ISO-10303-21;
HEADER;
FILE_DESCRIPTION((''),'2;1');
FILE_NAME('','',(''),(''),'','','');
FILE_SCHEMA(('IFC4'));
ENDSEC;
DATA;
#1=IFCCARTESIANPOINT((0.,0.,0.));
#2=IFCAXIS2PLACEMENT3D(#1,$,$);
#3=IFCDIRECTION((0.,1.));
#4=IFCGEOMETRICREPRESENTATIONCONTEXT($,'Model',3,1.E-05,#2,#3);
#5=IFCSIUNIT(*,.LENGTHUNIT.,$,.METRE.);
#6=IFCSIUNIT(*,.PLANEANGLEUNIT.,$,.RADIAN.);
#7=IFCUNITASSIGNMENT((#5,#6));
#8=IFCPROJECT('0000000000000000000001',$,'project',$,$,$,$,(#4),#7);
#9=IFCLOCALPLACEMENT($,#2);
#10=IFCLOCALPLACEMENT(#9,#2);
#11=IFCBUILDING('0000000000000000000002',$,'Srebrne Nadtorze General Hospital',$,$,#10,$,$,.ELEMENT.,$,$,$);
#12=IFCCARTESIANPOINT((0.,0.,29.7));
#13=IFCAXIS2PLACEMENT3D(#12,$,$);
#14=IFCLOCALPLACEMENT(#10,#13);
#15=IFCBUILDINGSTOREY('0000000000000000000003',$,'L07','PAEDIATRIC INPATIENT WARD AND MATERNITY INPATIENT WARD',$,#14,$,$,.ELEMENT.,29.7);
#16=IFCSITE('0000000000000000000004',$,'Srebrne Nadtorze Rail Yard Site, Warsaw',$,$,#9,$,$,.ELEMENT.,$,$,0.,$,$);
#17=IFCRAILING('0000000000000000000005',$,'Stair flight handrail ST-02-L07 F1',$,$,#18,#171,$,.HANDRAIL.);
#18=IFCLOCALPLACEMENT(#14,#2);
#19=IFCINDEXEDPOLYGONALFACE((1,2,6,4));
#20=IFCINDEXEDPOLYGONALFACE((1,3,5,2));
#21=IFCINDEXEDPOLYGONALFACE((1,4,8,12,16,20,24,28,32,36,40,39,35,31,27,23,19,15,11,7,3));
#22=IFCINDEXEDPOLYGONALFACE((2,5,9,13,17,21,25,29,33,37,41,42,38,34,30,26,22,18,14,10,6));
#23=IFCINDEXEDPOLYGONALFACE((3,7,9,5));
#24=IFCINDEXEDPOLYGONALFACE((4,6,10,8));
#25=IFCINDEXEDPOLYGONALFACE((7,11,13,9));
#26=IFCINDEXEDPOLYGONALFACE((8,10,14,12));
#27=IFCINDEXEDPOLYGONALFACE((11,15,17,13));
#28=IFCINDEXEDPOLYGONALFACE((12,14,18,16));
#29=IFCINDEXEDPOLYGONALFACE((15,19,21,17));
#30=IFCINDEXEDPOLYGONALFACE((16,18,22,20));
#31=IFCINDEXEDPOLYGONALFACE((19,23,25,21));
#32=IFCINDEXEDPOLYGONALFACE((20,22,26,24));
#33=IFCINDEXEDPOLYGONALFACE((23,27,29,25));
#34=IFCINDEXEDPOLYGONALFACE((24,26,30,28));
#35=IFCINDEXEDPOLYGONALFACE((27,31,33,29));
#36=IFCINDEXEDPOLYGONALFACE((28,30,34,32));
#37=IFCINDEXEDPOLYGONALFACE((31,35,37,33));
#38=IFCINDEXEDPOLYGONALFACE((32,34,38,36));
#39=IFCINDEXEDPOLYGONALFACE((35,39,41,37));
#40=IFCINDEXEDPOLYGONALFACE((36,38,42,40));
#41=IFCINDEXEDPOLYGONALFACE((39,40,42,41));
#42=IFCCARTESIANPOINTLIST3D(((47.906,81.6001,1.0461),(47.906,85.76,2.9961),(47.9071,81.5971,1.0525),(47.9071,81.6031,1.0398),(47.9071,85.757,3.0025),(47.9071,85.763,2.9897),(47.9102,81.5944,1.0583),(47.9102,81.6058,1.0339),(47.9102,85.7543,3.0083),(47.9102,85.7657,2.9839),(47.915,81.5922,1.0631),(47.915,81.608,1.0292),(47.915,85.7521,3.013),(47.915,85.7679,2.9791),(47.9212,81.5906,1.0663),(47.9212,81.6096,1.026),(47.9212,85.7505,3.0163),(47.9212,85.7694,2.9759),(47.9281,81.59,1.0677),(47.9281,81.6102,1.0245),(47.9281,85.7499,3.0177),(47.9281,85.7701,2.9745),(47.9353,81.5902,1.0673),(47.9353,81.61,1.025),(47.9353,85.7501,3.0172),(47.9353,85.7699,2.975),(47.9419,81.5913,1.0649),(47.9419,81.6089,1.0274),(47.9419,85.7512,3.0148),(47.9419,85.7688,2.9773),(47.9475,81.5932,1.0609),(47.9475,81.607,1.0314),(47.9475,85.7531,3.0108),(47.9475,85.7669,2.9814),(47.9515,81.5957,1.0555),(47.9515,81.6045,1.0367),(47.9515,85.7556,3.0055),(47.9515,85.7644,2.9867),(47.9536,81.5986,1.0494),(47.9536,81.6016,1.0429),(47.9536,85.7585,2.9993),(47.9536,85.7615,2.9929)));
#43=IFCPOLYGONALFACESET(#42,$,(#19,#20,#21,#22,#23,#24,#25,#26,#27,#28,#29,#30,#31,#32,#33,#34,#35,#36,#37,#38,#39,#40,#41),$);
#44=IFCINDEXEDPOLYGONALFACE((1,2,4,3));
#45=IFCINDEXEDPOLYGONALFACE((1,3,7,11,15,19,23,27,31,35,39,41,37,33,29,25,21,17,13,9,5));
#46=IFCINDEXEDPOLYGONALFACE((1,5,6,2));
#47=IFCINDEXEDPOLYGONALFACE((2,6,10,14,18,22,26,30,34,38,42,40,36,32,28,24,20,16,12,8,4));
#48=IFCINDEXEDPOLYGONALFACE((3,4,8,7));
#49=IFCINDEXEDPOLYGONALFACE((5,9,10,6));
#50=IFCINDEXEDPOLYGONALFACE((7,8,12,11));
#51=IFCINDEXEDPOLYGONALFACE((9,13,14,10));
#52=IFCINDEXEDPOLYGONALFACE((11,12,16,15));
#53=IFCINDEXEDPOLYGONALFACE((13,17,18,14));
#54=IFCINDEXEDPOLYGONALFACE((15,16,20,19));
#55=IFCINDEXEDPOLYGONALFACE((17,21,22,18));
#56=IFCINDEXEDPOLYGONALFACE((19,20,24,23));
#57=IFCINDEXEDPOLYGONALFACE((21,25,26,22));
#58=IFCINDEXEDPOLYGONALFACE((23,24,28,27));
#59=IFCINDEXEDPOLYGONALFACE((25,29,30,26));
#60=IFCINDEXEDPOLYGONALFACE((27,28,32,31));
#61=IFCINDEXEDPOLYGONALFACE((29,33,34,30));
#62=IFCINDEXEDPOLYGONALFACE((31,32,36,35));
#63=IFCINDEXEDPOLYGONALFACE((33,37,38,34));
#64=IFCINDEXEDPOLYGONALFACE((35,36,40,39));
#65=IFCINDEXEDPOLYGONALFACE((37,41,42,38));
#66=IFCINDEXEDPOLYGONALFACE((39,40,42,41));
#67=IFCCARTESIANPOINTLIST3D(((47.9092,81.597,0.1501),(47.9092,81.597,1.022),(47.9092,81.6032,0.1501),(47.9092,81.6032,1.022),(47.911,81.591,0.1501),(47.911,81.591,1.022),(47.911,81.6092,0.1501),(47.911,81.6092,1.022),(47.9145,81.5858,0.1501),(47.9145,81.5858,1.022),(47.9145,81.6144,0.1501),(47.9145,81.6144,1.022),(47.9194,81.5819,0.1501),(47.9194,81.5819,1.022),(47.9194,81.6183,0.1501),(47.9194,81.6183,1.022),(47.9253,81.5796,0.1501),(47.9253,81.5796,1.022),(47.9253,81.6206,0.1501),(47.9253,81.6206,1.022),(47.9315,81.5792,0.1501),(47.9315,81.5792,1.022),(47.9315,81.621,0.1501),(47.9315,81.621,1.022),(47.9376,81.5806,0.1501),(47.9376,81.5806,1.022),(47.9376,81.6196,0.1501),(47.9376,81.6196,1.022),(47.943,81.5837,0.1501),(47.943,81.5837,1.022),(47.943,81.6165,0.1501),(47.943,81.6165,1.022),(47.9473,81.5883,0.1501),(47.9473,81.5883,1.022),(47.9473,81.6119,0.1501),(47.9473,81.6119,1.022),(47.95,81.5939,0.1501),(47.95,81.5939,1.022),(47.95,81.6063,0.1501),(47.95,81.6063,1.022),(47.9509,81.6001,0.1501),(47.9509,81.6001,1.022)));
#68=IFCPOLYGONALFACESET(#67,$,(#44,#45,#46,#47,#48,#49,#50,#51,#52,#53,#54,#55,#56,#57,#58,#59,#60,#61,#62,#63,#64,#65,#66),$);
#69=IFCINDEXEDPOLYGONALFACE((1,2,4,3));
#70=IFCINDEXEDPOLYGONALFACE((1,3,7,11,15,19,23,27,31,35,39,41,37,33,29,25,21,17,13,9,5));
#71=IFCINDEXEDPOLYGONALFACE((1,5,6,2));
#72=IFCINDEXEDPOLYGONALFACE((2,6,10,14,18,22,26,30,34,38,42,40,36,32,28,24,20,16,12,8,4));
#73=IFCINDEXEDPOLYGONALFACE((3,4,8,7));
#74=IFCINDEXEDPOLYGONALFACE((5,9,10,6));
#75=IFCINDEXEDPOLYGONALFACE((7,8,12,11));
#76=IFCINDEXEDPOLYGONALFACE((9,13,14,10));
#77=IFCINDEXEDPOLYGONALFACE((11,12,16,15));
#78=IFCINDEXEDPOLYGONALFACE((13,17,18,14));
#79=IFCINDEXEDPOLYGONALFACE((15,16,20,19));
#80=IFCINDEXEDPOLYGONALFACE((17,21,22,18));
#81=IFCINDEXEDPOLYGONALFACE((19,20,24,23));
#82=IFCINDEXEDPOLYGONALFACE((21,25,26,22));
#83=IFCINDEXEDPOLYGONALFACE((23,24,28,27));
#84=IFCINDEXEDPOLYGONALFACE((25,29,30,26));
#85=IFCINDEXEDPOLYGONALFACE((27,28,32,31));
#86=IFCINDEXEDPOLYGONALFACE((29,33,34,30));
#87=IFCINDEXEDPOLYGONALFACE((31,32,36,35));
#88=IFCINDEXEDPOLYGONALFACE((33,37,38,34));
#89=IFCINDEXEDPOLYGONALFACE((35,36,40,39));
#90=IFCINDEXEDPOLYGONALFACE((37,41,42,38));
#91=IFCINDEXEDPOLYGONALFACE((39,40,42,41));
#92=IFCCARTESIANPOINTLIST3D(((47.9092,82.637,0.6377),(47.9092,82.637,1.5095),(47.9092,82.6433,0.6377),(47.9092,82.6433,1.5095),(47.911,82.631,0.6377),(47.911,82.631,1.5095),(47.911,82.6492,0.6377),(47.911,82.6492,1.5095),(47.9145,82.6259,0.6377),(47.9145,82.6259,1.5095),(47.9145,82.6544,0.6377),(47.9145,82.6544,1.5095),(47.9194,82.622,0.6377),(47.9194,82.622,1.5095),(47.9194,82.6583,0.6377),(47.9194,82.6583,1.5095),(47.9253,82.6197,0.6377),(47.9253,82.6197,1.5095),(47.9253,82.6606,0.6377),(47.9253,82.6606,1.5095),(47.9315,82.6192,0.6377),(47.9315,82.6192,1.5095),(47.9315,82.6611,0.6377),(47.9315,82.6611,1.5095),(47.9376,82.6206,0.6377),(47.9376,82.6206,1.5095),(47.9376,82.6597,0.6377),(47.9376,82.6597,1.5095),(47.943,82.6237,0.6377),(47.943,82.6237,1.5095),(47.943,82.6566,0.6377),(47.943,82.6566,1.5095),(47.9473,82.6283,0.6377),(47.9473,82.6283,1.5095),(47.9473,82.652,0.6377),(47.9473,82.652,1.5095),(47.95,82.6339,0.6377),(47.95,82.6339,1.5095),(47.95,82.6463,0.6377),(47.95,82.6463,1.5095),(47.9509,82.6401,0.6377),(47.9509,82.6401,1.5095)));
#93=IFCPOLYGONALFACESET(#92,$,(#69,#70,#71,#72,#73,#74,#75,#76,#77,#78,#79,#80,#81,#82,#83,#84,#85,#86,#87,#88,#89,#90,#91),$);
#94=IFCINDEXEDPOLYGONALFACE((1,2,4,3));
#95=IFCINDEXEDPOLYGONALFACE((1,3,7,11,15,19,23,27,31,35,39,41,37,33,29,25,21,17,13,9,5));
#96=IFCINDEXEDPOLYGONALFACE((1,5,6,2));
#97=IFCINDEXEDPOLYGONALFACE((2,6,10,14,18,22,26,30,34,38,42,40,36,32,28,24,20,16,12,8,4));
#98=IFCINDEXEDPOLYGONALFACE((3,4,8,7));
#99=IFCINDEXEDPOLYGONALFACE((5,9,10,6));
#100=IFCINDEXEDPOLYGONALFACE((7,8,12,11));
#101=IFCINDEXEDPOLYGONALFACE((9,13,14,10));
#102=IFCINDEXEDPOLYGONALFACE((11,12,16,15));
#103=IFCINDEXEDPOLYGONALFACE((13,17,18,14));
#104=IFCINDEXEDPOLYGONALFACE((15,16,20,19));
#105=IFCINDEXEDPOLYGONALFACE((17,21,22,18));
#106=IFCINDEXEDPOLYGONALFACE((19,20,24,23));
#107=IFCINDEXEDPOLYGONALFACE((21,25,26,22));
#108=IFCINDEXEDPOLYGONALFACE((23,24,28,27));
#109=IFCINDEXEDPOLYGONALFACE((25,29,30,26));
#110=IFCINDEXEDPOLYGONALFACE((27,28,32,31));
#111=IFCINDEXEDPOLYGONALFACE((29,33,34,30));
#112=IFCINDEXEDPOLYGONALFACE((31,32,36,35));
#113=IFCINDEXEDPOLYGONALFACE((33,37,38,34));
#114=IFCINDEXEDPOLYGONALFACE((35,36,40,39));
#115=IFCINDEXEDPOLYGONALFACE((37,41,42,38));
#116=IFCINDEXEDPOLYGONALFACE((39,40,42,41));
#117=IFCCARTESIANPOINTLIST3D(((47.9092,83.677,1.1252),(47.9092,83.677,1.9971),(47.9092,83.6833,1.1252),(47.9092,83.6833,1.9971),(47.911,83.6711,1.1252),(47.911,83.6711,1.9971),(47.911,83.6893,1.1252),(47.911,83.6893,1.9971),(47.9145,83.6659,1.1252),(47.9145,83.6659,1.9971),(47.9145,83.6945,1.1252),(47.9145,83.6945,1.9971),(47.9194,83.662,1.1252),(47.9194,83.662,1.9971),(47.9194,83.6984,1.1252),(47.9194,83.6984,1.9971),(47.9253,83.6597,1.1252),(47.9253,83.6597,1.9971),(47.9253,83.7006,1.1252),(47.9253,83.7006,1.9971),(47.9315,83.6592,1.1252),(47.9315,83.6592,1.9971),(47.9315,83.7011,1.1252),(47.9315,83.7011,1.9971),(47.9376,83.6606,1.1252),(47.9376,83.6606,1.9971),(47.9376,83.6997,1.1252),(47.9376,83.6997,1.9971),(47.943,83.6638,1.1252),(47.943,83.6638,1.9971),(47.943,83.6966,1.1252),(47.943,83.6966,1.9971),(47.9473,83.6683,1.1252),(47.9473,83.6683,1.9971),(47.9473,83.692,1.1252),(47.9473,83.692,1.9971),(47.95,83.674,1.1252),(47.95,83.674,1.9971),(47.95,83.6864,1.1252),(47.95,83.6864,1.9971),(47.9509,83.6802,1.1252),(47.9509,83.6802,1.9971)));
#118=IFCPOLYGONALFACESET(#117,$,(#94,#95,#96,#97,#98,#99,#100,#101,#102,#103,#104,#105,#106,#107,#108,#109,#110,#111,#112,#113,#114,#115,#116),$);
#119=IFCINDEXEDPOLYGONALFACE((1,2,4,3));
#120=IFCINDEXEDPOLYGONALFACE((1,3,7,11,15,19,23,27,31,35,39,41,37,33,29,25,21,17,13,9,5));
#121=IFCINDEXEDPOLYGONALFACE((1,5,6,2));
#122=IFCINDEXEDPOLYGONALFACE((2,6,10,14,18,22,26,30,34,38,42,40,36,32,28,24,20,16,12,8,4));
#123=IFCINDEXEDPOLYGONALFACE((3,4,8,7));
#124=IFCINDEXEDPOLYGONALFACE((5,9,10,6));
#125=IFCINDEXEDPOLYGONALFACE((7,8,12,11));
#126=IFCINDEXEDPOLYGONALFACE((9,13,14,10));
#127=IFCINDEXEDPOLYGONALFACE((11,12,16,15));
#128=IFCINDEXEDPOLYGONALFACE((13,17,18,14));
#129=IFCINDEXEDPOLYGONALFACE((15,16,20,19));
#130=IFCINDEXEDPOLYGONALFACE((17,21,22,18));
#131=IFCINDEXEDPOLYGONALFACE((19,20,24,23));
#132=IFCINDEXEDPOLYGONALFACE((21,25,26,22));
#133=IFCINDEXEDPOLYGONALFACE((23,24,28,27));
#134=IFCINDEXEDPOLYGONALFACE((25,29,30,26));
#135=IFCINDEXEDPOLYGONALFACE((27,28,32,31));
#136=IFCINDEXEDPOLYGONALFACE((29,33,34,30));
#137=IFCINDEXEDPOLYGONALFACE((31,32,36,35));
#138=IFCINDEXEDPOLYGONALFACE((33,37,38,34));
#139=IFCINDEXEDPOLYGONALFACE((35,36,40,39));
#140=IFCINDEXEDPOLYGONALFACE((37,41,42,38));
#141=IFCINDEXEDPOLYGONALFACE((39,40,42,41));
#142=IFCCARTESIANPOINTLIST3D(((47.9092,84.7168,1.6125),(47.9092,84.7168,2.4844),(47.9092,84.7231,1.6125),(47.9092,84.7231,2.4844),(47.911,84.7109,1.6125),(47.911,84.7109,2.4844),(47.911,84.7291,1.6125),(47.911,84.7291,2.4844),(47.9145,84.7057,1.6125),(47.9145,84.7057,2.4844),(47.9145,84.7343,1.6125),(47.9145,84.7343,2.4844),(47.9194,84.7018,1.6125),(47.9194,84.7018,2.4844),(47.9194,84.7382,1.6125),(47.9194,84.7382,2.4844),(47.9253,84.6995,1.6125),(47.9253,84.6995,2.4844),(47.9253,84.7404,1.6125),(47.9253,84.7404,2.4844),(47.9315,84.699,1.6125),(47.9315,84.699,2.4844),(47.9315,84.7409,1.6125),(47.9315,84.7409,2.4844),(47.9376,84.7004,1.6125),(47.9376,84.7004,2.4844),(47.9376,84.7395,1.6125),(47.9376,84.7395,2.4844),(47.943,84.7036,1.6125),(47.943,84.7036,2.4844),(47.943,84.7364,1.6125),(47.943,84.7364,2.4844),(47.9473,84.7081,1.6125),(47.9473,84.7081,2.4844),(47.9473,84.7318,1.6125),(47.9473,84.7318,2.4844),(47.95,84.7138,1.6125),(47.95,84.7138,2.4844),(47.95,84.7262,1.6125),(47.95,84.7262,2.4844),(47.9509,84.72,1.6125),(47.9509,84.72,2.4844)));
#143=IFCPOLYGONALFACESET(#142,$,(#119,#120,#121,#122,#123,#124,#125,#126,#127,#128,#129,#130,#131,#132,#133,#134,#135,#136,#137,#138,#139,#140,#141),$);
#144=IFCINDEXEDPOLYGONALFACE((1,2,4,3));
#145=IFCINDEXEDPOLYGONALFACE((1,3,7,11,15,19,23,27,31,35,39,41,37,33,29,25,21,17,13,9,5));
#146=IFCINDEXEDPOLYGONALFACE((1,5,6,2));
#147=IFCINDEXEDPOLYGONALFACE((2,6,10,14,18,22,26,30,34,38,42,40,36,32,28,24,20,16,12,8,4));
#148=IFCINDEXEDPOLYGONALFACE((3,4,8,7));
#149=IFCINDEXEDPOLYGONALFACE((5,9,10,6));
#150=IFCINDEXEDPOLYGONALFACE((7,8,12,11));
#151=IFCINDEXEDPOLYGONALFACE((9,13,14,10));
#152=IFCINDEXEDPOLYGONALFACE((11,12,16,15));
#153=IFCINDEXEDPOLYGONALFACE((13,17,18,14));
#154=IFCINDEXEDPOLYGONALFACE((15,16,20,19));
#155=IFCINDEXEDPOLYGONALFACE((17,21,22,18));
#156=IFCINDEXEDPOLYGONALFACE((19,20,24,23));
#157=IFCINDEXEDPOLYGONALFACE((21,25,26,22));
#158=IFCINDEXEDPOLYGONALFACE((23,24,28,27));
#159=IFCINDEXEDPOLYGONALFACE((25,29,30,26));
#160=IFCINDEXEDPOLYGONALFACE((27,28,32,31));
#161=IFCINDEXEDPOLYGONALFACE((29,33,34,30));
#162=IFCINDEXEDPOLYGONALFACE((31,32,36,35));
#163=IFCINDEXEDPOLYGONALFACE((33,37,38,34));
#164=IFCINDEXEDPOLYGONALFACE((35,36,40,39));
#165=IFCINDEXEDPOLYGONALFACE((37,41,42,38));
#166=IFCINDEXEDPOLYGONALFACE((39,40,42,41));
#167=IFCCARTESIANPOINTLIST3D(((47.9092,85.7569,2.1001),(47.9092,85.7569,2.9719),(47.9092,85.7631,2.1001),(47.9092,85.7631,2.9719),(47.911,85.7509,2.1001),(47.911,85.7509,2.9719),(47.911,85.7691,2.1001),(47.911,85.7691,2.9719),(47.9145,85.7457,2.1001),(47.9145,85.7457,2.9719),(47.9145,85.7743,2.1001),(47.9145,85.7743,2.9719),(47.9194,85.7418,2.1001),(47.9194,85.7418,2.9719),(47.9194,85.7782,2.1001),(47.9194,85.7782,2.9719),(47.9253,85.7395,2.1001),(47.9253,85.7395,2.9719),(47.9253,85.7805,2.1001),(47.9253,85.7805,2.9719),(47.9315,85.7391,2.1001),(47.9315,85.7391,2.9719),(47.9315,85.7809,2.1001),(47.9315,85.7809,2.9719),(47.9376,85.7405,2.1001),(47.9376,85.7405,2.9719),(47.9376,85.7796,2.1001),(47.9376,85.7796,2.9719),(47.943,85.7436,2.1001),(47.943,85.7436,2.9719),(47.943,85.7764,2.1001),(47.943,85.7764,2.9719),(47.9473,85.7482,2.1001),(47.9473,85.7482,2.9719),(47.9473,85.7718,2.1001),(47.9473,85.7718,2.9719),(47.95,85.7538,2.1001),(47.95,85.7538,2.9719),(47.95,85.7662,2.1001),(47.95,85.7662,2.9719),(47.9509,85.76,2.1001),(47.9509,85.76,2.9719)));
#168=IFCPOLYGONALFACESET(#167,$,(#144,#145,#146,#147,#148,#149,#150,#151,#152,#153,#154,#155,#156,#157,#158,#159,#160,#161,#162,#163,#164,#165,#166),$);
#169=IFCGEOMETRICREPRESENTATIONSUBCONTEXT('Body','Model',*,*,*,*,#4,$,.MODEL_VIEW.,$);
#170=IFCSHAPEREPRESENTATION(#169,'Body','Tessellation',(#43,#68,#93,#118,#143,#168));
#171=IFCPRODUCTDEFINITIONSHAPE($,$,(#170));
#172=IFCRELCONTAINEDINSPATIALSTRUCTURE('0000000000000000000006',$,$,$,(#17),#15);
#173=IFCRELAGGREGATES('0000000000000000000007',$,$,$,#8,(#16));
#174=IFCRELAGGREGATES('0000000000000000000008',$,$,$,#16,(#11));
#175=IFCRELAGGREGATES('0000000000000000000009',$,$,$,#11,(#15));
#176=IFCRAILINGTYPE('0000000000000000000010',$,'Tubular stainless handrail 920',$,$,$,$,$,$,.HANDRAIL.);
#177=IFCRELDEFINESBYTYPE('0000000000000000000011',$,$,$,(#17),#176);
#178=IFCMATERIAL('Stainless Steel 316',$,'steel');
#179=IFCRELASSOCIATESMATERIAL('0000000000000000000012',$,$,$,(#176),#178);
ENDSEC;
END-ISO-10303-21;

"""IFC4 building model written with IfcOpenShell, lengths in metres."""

from ifc_helpers import new_model, si_unit, direction, frame, origin, origin_2d, place, context, subcontext, project, spatial, circle, extrude, material, type_object, element, save


model = new_model("IFC4")

# Units and contexts
model_context = context("Model", 3, precision=1e-05, world=origin(), true_north=direction((0.0, 1.0)))
body_context = subcontext(model_context, "Body", "Model", "MODEL_VIEW")
ifc_project = project(units=[si_unit("LENGTHUNIT", "METRE"), si_unit("PLANEANGLEUNIT", "RADIAN")], contexts=[model_context])

# Site, building, storey
site_placement = place(None, origin())
site = spatial("IfcSite", under=ifc_project, at=site_placement, Name="Srebrne Nadtorze Rail Yard Site, Warsaw", CompositionType="ELEMENT", RefElevation=0.0)
building_placement = place(site_placement, origin())
building = spatial("IfcBuilding", under=site, at=building_placement, Name="Srebrne Nadtorze General Hospital", CompositionType="ELEMENT")
storey_placement = place(building_placement, frame((0.0, 0.0, 29.7)))
storey = spatial("IfcBuildingStorey", under=building, at=storey_placement, Name="L07", Description="PAEDIATRIC INPATIENT WARD AND MATERNITY INPATIENT WARD", CompositionType="ELEMENT", Elevation=29.7)

# Railing
ifc_material_1 = material(Name="Stainless Steel 316", Category="steel")
railing_type = type_object("IfcRailingType", Name="Tubular stainless handrail 920", PredefinedType="HANDRAIL", material=ifc_material_1)
railing_placement = place(storey_placement, frame((47.9299, 81.6001, 0.1501)))
element("IfcRailing", 1, at=railing_placement, inside=storey, type_object=railing_type, Name="Stair flight handrail ST-02-L07 F1", PredefinedType="HANDRAIL", context=body_context, shape_type="SweptSolid", body=[
    extrude(circle(Radius=0.0239, at=origin_2d()), frame((0.0, 0.0, 0.896), z_axis=(0.0, 0.90546, 0.424433), x_axis=(-1.0, 0.0, 0.0)), (0.0, 0.0, 1.0), 4.5942),
    extrude(circle(Radius=0.021, at=origin_2d()), origin(), (0.0, 0.0, 1.0), 0.8718),
    extrude(circle(Radius=0.021, at=origin_2d()), frame((0.0, 1.04, 0.4875)), (0.0, 0.0, 1.0), 0.8718),
    extrude(circle(Radius=0.021, at=origin_2d()), frame((0.0, 2.0801, 0.9751)), (0.0, 0.0, 1.0), 0.8718),
    extrude(circle(Radius=0.021, at=origin_2d()), frame((0.0, 3.1199, 1.4624)), (0.0, 0.0, 1.0), 0.8718),
    extrude(circle(Radius=0.021, at=origin_2d()), frame((0.0, 4.1599, 1.95)), (0.0, 0.0, 1.0), 0.8718),
])

save(model, "model.ifc")
